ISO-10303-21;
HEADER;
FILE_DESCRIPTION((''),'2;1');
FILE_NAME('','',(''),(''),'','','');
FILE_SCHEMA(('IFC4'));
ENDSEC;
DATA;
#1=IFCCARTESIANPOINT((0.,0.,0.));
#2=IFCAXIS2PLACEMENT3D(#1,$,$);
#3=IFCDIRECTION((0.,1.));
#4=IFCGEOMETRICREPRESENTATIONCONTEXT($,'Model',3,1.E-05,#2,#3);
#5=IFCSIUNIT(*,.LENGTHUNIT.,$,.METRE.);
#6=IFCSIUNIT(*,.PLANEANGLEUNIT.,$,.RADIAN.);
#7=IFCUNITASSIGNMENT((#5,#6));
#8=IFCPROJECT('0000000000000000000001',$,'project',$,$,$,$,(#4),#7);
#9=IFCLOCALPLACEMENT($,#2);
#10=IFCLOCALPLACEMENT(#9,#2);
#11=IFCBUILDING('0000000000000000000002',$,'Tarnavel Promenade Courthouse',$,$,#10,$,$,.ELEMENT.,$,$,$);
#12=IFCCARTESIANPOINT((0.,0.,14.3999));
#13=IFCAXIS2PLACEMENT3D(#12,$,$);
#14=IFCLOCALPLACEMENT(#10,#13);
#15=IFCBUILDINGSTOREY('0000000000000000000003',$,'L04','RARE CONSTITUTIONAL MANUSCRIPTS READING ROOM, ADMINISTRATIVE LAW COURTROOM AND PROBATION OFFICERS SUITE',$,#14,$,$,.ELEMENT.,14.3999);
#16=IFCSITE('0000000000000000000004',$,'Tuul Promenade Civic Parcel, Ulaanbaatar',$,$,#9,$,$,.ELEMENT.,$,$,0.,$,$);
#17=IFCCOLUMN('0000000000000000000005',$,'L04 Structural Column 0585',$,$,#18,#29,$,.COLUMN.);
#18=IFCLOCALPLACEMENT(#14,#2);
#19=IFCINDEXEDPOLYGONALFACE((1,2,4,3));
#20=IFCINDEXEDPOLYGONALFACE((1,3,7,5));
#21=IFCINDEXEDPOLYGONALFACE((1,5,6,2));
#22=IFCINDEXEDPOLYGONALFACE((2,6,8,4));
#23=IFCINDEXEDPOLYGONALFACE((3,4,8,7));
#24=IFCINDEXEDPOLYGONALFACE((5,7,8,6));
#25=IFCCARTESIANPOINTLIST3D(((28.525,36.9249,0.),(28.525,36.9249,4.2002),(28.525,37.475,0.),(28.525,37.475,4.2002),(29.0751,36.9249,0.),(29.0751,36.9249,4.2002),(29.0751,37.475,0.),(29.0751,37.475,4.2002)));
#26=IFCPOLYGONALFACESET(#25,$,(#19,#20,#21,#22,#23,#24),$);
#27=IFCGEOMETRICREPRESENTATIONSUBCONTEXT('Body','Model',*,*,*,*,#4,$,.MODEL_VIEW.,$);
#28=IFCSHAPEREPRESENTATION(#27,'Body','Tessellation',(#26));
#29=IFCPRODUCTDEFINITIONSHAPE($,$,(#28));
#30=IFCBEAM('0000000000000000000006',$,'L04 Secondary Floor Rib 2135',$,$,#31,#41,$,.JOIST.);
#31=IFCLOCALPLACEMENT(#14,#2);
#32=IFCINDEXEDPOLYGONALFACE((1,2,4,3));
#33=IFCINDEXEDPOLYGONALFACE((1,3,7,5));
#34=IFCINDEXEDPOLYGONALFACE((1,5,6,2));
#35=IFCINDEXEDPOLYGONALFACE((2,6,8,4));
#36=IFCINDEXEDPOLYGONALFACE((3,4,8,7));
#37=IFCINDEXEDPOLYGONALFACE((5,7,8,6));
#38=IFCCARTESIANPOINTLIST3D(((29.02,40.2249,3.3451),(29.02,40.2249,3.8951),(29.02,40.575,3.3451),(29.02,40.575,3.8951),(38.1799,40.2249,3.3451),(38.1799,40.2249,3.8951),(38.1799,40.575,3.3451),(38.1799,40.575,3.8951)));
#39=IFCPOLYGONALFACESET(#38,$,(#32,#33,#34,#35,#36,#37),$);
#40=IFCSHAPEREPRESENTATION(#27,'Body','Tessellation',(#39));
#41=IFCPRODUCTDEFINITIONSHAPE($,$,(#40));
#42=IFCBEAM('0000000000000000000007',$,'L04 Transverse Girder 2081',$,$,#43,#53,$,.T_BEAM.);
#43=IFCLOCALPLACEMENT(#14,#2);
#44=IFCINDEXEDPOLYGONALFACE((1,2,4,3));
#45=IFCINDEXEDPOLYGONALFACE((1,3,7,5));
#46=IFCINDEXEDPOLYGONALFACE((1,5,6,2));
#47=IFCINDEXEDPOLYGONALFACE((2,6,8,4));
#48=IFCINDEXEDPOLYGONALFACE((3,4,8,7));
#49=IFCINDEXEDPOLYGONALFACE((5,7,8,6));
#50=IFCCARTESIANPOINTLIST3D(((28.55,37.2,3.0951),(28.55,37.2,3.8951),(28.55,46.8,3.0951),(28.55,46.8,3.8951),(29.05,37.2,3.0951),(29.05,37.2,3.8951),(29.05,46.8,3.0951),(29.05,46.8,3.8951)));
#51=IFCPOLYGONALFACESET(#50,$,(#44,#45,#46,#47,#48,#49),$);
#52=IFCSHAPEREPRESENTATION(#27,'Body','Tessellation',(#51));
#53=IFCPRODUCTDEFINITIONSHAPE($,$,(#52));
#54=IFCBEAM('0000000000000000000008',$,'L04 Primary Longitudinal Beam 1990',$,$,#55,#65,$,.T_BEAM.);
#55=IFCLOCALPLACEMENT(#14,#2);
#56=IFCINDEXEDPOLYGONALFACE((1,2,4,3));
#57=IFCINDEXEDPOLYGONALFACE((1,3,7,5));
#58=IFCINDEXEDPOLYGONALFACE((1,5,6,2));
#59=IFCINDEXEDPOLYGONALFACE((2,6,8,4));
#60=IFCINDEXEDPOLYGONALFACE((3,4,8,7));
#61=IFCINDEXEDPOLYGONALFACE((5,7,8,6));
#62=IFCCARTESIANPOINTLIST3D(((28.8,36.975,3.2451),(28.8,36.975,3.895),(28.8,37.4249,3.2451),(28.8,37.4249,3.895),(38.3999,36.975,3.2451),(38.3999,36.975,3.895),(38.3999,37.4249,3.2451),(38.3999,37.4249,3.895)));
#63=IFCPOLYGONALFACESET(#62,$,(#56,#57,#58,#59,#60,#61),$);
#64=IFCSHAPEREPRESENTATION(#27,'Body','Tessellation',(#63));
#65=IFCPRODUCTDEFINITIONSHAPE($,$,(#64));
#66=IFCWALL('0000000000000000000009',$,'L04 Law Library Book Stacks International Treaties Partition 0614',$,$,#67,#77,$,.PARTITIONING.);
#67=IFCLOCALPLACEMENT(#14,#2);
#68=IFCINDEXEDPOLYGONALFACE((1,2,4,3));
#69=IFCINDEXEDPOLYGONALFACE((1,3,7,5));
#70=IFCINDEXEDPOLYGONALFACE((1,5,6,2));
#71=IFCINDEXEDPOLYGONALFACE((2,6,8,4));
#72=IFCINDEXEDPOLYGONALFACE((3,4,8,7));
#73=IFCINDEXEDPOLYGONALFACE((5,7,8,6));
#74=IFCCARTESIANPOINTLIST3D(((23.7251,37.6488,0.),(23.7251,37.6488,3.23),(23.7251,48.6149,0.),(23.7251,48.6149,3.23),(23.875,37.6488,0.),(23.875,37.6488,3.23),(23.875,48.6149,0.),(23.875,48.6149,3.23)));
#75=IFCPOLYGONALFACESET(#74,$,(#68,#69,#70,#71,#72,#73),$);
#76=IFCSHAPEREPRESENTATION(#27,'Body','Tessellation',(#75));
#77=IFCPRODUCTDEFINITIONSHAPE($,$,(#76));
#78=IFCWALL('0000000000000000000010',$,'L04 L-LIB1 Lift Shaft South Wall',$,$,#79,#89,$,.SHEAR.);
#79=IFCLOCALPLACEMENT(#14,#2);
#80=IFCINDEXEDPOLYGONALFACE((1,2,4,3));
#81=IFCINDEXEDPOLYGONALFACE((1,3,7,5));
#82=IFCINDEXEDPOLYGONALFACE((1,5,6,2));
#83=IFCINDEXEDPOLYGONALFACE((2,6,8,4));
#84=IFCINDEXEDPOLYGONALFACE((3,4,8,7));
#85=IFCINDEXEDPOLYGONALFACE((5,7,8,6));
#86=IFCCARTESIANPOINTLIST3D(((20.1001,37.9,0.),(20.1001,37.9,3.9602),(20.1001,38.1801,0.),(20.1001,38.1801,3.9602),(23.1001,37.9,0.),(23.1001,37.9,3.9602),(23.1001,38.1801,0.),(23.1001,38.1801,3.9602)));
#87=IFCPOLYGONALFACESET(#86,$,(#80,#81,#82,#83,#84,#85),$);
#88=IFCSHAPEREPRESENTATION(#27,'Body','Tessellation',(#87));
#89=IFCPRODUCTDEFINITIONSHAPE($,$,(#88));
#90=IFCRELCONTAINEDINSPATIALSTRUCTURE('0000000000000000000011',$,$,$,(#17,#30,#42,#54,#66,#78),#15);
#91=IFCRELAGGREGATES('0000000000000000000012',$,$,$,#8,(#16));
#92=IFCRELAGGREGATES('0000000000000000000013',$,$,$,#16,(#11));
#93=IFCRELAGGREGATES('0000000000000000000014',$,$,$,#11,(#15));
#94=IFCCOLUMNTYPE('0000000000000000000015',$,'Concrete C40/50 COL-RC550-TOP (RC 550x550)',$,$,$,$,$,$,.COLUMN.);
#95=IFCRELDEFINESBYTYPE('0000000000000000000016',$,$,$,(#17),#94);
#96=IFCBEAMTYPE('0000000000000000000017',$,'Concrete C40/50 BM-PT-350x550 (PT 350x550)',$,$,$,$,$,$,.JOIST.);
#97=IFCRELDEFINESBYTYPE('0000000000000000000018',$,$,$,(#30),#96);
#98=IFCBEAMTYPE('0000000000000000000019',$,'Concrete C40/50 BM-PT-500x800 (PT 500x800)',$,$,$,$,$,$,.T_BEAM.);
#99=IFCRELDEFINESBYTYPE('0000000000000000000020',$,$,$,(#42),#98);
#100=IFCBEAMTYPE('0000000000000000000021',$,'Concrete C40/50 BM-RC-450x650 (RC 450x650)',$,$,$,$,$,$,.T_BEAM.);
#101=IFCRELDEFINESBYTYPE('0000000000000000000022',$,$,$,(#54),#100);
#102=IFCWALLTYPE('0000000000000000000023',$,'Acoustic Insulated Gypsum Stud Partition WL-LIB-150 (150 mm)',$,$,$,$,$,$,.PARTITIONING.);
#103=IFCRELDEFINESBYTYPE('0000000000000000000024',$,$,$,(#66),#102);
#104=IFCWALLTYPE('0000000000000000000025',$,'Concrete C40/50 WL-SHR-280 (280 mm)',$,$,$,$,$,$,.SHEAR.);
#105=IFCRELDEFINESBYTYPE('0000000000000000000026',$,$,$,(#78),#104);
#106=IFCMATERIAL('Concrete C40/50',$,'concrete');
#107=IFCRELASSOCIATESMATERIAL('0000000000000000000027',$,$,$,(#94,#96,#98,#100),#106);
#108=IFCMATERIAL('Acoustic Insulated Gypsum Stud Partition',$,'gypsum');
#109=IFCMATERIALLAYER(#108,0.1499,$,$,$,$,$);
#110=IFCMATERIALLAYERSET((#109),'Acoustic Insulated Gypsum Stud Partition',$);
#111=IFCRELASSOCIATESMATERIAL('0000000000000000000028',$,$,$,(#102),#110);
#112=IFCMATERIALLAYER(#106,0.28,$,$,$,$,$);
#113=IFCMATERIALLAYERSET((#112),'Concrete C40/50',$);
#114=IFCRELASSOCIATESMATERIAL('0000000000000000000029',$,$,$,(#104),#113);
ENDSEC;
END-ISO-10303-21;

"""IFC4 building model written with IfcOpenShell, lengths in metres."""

from ifc_helpers import new_model, si_unit, direction, frame, frame_2d, origin, origin_2d, place, context, subcontext, project, spatial, rectangle, extrude, material, layer, layer_set, material_profile, profile_set, type_object, element, save


model = new_model("IFC4")

# Units and contexts
model_context = context("Model", 3, precision=1e-05, world=origin(), true_north=direction((0.0, 1.0)))
body_context = subcontext(model_context, "Body", "Model", "MODEL_VIEW")
ifc_project = project(units=[si_unit("LENGTHUNIT", "METRE"), si_unit("PLANEANGLEUNIT", "RADIAN")], contexts=[model_context])

# Site, building, storey
site_placement = place(None, origin())
site = spatial("IfcSite", under=ifc_project, at=site_placement, Name="Tuul Promenade Civic Parcel, Ulaanbaatar", CompositionType="ELEMENT", RefElevation=0.0)
building_placement = place(site_placement, origin())
building = spatial("IfcBuilding", under=site, at=building_placement, Name="Tarnavel Promenade Courthouse", CompositionType="ELEMENT")
storey_placement = place(building_placement, frame((0.0, 0.0, 14.3999)))
storey = spatial("IfcBuildingStorey", under=building, at=storey_placement, Name="L04", Description="RARE CONSTITUTIONAL MANUSCRIPTS READING ROOM, ADMINISTRATIVE LAW COURTROOM AND PROBATION OFFICERS SUITE", CompositionType="ELEMENT", Elevation=14.3999)

# Column
ifc_material_1 = material(Name="Concrete C40/50", Category="concrete")
ifc_material_profile_1 = material_profile(ifc_material_1, rectangle(XDim=0.55, YDim=0.55, at=origin_2d()), Name="RC 550x550")
ifc_profile_set_1 = profile_set([ifc_material_profile_1], Name="Concrete C40/50")
column_type = type_object("IfcColumnType", Name="Concrete C40/50 COL-RC550-TOP (RC 550x550)", PredefinedType="COLUMN", material=ifc_profile_set_1)
column_placement = place(storey_placement, frame((28.8, 37.2, 0.0), z_axis=(0.0, 0.0, 1.0), x_axis=(1.0, 0.0, 0.0)))
element("IfcColumn", 1, at=column_placement, inside=storey, type_object=column_type, Name="L04 Structural Column 0585", PredefinedType="COLUMN", context=body_context, shape_type="SweptSolid", body=[
    extrude(rectangle(XDim=0.55, YDim=0.55, at=origin_2d()), origin(), (0.0, 0.0, 1.0), 4.2002),
])

# Beams
ifc_material_profile_2 = material_profile(ifc_material_1, rectangle(XDim=0.3501, YDim=0.55, at=origin_2d()), Name="PT 350x550")
ifc_profile_set_2 = profile_set([ifc_material_profile_2], Name="Concrete C40/50")
beam_type_1 = type_object("IfcBeamType", Name="Concrete C40/50 BM-PT-350x550 (PT 350x550)", PredefinedType="JOIST", material=ifc_profile_set_2)
beam_1_placement = place(storey_placement, frame((29.02, 40.3999, 3.6201), z_axis=(1.0, 0.0, 0.0), x_axis=(0.0, 1.0, 0.0)))
element("IfcBeam", 2, at=beam_1_placement, inside=storey, type_object=beam_type_1, Name="L04 Secondary Floor Rib 2135", PredefinedType="JOIST", context=body_context, shape_type="SweptSolid", body=[
    extrude(rectangle(XDim=0.3501, YDim=0.55, at=origin_2d()), origin(), (0.0, 0.0, 1.0), 9.1599),
])
ifc_material_profile_3 = material_profile(ifc_material_1, rectangle(XDim=0.5, YDim=0.8, at=origin_2d()), Name="PT 500x800")
ifc_profile_set_3 = profile_set([ifc_material_profile_3], Name="Concrete C40/50")
beam_type_2 = type_object("IfcBeamType", Name="Concrete C40/50 BM-PT-500x800 (PT 500x800)", PredefinedType="T_BEAM", material=ifc_profile_set_3)
beam_2_placement = place(storey_placement, frame((28.8, 37.2, 3.4951), z_axis=(0.0, 1.0, 0.0), x_axis=(-1.0, 0.0, 0.0)))
element("IfcBeam", 3, at=beam_2_placement, inside=storey, type_object=beam_type_2, Name="L04 Transverse Girder 2081", PredefinedType="T_BEAM", context=body_context, shape_type="SweptSolid", body=[
    extrude(rectangle(XDim=0.5, YDim=0.8, at=origin_2d()), origin(), (0.0, 0.0, 1.0), 9.6001),
])
ifc_material_profile_4 = material_profile(ifc_material_1, rectangle(XDim=0.45, YDim=0.6499, at=origin_2d()), Name="RC 450x650")
ifc_profile_set_4 = profile_set([ifc_material_profile_4], Name="Concrete C40/50")
beam_type_3 = type_object("IfcBeamType", Name="Concrete C40/50 BM-RC-450x650 (RC 450x650)", PredefinedType="T_BEAM", material=ifc_profile_set_4)
beam_3_placement = place(storey_placement, frame((28.8, 37.2, 3.5701), z_axis=(1.0, 0.0, 0.0), x_axis=(0.0, 1.0, 0.0)))
element("IfcBeam", 4, at=beam_3_placement, inside=storey, type_object=beam_type_3, Name="L04 Primary Longitudinal Beam 1990", PredefinedType="T_BEAM", context=body_context, shape_type="SweptSolid", body=[
    extrude(rectangle(XDim=0.45, YDim=0.6499, at=origin_2d()), origin(), (0.0, 0.0, 1.0), 9.5999),
])

# Walls
ifc_material_2 = material(Name="Acoustic Insulated Gypsum Stud Partition", Category="gypsum")
ifc_layer_1 = layer(ifc_material_2, 0.1499)
ifc_layer_set_1 = layer_set([ifc_layer_1], Name="Acoustic Insulated Gypsum Stud Partition")
wall_type_1 = type_object("IfcWallType", Name="Acoustic Insulated Gypsum Stud Partition WL-LIB-150 (150 mm)", PredefinedType="PARTITIONING", material=ifc_layer_set_1)
wall_1_placement = place(storey_placement, frame((23.8, 37.6489, 0.0), z_axis=(0.0, 0.0, 1.0), x_axis=(0.0, 1.0, 0.0)))
element("IfcWall", 5, at=wall_1_placement, inside=storey, type_object=wall_type_1, Name="L04 Law Library Book Stacks International Treaties Partition 0614", PredefinedType="PARTITIONING", context=body_context, shape_type="SweptSolid", body=[
    extrude(rectangle(XDim=10.9661, YDim=0.1499, at=frame_2d((5.4829, 0.0))), origin(), (0.0, 0.0, 1.0), 3.23),
])
ifc_layer_2 = layer(ifc_material_1, 0.28)
ifc_layer_set_2 = layer_set([ifc_layer_2], Name="Concrete C40/50")
wall_type_2 = type_object("IfcWallType", Name="Concrete C40/50 WL-SHR-280 (280 mm)", PredefinedType="SHEAR", material=ifc_layer_set_2)
wall_2_placement = place(storey_placement, frame((23.1001, 38.04, 0.0), z_axis=(0.0, 0.0, 1.0), x_axis=(-1.0, 0.0, 0.0)))
element("IfcWall", 6, at=wall_2_placement, inside=storey, type_object=wall_type_2, Name="L04 L-LIB1 Lift Shaft South Wall", PredefinedType="SHEAR", context=body_context, shape_type="SweptSolid", body=[
    extrude(rectangle(XDim=3.0, YDim=0.28, at=frame_2d((1.5, 0.0))), origin(), (0.0, 0.0, 1.0), 3.9602),
])

save(model, "model.ifc")
